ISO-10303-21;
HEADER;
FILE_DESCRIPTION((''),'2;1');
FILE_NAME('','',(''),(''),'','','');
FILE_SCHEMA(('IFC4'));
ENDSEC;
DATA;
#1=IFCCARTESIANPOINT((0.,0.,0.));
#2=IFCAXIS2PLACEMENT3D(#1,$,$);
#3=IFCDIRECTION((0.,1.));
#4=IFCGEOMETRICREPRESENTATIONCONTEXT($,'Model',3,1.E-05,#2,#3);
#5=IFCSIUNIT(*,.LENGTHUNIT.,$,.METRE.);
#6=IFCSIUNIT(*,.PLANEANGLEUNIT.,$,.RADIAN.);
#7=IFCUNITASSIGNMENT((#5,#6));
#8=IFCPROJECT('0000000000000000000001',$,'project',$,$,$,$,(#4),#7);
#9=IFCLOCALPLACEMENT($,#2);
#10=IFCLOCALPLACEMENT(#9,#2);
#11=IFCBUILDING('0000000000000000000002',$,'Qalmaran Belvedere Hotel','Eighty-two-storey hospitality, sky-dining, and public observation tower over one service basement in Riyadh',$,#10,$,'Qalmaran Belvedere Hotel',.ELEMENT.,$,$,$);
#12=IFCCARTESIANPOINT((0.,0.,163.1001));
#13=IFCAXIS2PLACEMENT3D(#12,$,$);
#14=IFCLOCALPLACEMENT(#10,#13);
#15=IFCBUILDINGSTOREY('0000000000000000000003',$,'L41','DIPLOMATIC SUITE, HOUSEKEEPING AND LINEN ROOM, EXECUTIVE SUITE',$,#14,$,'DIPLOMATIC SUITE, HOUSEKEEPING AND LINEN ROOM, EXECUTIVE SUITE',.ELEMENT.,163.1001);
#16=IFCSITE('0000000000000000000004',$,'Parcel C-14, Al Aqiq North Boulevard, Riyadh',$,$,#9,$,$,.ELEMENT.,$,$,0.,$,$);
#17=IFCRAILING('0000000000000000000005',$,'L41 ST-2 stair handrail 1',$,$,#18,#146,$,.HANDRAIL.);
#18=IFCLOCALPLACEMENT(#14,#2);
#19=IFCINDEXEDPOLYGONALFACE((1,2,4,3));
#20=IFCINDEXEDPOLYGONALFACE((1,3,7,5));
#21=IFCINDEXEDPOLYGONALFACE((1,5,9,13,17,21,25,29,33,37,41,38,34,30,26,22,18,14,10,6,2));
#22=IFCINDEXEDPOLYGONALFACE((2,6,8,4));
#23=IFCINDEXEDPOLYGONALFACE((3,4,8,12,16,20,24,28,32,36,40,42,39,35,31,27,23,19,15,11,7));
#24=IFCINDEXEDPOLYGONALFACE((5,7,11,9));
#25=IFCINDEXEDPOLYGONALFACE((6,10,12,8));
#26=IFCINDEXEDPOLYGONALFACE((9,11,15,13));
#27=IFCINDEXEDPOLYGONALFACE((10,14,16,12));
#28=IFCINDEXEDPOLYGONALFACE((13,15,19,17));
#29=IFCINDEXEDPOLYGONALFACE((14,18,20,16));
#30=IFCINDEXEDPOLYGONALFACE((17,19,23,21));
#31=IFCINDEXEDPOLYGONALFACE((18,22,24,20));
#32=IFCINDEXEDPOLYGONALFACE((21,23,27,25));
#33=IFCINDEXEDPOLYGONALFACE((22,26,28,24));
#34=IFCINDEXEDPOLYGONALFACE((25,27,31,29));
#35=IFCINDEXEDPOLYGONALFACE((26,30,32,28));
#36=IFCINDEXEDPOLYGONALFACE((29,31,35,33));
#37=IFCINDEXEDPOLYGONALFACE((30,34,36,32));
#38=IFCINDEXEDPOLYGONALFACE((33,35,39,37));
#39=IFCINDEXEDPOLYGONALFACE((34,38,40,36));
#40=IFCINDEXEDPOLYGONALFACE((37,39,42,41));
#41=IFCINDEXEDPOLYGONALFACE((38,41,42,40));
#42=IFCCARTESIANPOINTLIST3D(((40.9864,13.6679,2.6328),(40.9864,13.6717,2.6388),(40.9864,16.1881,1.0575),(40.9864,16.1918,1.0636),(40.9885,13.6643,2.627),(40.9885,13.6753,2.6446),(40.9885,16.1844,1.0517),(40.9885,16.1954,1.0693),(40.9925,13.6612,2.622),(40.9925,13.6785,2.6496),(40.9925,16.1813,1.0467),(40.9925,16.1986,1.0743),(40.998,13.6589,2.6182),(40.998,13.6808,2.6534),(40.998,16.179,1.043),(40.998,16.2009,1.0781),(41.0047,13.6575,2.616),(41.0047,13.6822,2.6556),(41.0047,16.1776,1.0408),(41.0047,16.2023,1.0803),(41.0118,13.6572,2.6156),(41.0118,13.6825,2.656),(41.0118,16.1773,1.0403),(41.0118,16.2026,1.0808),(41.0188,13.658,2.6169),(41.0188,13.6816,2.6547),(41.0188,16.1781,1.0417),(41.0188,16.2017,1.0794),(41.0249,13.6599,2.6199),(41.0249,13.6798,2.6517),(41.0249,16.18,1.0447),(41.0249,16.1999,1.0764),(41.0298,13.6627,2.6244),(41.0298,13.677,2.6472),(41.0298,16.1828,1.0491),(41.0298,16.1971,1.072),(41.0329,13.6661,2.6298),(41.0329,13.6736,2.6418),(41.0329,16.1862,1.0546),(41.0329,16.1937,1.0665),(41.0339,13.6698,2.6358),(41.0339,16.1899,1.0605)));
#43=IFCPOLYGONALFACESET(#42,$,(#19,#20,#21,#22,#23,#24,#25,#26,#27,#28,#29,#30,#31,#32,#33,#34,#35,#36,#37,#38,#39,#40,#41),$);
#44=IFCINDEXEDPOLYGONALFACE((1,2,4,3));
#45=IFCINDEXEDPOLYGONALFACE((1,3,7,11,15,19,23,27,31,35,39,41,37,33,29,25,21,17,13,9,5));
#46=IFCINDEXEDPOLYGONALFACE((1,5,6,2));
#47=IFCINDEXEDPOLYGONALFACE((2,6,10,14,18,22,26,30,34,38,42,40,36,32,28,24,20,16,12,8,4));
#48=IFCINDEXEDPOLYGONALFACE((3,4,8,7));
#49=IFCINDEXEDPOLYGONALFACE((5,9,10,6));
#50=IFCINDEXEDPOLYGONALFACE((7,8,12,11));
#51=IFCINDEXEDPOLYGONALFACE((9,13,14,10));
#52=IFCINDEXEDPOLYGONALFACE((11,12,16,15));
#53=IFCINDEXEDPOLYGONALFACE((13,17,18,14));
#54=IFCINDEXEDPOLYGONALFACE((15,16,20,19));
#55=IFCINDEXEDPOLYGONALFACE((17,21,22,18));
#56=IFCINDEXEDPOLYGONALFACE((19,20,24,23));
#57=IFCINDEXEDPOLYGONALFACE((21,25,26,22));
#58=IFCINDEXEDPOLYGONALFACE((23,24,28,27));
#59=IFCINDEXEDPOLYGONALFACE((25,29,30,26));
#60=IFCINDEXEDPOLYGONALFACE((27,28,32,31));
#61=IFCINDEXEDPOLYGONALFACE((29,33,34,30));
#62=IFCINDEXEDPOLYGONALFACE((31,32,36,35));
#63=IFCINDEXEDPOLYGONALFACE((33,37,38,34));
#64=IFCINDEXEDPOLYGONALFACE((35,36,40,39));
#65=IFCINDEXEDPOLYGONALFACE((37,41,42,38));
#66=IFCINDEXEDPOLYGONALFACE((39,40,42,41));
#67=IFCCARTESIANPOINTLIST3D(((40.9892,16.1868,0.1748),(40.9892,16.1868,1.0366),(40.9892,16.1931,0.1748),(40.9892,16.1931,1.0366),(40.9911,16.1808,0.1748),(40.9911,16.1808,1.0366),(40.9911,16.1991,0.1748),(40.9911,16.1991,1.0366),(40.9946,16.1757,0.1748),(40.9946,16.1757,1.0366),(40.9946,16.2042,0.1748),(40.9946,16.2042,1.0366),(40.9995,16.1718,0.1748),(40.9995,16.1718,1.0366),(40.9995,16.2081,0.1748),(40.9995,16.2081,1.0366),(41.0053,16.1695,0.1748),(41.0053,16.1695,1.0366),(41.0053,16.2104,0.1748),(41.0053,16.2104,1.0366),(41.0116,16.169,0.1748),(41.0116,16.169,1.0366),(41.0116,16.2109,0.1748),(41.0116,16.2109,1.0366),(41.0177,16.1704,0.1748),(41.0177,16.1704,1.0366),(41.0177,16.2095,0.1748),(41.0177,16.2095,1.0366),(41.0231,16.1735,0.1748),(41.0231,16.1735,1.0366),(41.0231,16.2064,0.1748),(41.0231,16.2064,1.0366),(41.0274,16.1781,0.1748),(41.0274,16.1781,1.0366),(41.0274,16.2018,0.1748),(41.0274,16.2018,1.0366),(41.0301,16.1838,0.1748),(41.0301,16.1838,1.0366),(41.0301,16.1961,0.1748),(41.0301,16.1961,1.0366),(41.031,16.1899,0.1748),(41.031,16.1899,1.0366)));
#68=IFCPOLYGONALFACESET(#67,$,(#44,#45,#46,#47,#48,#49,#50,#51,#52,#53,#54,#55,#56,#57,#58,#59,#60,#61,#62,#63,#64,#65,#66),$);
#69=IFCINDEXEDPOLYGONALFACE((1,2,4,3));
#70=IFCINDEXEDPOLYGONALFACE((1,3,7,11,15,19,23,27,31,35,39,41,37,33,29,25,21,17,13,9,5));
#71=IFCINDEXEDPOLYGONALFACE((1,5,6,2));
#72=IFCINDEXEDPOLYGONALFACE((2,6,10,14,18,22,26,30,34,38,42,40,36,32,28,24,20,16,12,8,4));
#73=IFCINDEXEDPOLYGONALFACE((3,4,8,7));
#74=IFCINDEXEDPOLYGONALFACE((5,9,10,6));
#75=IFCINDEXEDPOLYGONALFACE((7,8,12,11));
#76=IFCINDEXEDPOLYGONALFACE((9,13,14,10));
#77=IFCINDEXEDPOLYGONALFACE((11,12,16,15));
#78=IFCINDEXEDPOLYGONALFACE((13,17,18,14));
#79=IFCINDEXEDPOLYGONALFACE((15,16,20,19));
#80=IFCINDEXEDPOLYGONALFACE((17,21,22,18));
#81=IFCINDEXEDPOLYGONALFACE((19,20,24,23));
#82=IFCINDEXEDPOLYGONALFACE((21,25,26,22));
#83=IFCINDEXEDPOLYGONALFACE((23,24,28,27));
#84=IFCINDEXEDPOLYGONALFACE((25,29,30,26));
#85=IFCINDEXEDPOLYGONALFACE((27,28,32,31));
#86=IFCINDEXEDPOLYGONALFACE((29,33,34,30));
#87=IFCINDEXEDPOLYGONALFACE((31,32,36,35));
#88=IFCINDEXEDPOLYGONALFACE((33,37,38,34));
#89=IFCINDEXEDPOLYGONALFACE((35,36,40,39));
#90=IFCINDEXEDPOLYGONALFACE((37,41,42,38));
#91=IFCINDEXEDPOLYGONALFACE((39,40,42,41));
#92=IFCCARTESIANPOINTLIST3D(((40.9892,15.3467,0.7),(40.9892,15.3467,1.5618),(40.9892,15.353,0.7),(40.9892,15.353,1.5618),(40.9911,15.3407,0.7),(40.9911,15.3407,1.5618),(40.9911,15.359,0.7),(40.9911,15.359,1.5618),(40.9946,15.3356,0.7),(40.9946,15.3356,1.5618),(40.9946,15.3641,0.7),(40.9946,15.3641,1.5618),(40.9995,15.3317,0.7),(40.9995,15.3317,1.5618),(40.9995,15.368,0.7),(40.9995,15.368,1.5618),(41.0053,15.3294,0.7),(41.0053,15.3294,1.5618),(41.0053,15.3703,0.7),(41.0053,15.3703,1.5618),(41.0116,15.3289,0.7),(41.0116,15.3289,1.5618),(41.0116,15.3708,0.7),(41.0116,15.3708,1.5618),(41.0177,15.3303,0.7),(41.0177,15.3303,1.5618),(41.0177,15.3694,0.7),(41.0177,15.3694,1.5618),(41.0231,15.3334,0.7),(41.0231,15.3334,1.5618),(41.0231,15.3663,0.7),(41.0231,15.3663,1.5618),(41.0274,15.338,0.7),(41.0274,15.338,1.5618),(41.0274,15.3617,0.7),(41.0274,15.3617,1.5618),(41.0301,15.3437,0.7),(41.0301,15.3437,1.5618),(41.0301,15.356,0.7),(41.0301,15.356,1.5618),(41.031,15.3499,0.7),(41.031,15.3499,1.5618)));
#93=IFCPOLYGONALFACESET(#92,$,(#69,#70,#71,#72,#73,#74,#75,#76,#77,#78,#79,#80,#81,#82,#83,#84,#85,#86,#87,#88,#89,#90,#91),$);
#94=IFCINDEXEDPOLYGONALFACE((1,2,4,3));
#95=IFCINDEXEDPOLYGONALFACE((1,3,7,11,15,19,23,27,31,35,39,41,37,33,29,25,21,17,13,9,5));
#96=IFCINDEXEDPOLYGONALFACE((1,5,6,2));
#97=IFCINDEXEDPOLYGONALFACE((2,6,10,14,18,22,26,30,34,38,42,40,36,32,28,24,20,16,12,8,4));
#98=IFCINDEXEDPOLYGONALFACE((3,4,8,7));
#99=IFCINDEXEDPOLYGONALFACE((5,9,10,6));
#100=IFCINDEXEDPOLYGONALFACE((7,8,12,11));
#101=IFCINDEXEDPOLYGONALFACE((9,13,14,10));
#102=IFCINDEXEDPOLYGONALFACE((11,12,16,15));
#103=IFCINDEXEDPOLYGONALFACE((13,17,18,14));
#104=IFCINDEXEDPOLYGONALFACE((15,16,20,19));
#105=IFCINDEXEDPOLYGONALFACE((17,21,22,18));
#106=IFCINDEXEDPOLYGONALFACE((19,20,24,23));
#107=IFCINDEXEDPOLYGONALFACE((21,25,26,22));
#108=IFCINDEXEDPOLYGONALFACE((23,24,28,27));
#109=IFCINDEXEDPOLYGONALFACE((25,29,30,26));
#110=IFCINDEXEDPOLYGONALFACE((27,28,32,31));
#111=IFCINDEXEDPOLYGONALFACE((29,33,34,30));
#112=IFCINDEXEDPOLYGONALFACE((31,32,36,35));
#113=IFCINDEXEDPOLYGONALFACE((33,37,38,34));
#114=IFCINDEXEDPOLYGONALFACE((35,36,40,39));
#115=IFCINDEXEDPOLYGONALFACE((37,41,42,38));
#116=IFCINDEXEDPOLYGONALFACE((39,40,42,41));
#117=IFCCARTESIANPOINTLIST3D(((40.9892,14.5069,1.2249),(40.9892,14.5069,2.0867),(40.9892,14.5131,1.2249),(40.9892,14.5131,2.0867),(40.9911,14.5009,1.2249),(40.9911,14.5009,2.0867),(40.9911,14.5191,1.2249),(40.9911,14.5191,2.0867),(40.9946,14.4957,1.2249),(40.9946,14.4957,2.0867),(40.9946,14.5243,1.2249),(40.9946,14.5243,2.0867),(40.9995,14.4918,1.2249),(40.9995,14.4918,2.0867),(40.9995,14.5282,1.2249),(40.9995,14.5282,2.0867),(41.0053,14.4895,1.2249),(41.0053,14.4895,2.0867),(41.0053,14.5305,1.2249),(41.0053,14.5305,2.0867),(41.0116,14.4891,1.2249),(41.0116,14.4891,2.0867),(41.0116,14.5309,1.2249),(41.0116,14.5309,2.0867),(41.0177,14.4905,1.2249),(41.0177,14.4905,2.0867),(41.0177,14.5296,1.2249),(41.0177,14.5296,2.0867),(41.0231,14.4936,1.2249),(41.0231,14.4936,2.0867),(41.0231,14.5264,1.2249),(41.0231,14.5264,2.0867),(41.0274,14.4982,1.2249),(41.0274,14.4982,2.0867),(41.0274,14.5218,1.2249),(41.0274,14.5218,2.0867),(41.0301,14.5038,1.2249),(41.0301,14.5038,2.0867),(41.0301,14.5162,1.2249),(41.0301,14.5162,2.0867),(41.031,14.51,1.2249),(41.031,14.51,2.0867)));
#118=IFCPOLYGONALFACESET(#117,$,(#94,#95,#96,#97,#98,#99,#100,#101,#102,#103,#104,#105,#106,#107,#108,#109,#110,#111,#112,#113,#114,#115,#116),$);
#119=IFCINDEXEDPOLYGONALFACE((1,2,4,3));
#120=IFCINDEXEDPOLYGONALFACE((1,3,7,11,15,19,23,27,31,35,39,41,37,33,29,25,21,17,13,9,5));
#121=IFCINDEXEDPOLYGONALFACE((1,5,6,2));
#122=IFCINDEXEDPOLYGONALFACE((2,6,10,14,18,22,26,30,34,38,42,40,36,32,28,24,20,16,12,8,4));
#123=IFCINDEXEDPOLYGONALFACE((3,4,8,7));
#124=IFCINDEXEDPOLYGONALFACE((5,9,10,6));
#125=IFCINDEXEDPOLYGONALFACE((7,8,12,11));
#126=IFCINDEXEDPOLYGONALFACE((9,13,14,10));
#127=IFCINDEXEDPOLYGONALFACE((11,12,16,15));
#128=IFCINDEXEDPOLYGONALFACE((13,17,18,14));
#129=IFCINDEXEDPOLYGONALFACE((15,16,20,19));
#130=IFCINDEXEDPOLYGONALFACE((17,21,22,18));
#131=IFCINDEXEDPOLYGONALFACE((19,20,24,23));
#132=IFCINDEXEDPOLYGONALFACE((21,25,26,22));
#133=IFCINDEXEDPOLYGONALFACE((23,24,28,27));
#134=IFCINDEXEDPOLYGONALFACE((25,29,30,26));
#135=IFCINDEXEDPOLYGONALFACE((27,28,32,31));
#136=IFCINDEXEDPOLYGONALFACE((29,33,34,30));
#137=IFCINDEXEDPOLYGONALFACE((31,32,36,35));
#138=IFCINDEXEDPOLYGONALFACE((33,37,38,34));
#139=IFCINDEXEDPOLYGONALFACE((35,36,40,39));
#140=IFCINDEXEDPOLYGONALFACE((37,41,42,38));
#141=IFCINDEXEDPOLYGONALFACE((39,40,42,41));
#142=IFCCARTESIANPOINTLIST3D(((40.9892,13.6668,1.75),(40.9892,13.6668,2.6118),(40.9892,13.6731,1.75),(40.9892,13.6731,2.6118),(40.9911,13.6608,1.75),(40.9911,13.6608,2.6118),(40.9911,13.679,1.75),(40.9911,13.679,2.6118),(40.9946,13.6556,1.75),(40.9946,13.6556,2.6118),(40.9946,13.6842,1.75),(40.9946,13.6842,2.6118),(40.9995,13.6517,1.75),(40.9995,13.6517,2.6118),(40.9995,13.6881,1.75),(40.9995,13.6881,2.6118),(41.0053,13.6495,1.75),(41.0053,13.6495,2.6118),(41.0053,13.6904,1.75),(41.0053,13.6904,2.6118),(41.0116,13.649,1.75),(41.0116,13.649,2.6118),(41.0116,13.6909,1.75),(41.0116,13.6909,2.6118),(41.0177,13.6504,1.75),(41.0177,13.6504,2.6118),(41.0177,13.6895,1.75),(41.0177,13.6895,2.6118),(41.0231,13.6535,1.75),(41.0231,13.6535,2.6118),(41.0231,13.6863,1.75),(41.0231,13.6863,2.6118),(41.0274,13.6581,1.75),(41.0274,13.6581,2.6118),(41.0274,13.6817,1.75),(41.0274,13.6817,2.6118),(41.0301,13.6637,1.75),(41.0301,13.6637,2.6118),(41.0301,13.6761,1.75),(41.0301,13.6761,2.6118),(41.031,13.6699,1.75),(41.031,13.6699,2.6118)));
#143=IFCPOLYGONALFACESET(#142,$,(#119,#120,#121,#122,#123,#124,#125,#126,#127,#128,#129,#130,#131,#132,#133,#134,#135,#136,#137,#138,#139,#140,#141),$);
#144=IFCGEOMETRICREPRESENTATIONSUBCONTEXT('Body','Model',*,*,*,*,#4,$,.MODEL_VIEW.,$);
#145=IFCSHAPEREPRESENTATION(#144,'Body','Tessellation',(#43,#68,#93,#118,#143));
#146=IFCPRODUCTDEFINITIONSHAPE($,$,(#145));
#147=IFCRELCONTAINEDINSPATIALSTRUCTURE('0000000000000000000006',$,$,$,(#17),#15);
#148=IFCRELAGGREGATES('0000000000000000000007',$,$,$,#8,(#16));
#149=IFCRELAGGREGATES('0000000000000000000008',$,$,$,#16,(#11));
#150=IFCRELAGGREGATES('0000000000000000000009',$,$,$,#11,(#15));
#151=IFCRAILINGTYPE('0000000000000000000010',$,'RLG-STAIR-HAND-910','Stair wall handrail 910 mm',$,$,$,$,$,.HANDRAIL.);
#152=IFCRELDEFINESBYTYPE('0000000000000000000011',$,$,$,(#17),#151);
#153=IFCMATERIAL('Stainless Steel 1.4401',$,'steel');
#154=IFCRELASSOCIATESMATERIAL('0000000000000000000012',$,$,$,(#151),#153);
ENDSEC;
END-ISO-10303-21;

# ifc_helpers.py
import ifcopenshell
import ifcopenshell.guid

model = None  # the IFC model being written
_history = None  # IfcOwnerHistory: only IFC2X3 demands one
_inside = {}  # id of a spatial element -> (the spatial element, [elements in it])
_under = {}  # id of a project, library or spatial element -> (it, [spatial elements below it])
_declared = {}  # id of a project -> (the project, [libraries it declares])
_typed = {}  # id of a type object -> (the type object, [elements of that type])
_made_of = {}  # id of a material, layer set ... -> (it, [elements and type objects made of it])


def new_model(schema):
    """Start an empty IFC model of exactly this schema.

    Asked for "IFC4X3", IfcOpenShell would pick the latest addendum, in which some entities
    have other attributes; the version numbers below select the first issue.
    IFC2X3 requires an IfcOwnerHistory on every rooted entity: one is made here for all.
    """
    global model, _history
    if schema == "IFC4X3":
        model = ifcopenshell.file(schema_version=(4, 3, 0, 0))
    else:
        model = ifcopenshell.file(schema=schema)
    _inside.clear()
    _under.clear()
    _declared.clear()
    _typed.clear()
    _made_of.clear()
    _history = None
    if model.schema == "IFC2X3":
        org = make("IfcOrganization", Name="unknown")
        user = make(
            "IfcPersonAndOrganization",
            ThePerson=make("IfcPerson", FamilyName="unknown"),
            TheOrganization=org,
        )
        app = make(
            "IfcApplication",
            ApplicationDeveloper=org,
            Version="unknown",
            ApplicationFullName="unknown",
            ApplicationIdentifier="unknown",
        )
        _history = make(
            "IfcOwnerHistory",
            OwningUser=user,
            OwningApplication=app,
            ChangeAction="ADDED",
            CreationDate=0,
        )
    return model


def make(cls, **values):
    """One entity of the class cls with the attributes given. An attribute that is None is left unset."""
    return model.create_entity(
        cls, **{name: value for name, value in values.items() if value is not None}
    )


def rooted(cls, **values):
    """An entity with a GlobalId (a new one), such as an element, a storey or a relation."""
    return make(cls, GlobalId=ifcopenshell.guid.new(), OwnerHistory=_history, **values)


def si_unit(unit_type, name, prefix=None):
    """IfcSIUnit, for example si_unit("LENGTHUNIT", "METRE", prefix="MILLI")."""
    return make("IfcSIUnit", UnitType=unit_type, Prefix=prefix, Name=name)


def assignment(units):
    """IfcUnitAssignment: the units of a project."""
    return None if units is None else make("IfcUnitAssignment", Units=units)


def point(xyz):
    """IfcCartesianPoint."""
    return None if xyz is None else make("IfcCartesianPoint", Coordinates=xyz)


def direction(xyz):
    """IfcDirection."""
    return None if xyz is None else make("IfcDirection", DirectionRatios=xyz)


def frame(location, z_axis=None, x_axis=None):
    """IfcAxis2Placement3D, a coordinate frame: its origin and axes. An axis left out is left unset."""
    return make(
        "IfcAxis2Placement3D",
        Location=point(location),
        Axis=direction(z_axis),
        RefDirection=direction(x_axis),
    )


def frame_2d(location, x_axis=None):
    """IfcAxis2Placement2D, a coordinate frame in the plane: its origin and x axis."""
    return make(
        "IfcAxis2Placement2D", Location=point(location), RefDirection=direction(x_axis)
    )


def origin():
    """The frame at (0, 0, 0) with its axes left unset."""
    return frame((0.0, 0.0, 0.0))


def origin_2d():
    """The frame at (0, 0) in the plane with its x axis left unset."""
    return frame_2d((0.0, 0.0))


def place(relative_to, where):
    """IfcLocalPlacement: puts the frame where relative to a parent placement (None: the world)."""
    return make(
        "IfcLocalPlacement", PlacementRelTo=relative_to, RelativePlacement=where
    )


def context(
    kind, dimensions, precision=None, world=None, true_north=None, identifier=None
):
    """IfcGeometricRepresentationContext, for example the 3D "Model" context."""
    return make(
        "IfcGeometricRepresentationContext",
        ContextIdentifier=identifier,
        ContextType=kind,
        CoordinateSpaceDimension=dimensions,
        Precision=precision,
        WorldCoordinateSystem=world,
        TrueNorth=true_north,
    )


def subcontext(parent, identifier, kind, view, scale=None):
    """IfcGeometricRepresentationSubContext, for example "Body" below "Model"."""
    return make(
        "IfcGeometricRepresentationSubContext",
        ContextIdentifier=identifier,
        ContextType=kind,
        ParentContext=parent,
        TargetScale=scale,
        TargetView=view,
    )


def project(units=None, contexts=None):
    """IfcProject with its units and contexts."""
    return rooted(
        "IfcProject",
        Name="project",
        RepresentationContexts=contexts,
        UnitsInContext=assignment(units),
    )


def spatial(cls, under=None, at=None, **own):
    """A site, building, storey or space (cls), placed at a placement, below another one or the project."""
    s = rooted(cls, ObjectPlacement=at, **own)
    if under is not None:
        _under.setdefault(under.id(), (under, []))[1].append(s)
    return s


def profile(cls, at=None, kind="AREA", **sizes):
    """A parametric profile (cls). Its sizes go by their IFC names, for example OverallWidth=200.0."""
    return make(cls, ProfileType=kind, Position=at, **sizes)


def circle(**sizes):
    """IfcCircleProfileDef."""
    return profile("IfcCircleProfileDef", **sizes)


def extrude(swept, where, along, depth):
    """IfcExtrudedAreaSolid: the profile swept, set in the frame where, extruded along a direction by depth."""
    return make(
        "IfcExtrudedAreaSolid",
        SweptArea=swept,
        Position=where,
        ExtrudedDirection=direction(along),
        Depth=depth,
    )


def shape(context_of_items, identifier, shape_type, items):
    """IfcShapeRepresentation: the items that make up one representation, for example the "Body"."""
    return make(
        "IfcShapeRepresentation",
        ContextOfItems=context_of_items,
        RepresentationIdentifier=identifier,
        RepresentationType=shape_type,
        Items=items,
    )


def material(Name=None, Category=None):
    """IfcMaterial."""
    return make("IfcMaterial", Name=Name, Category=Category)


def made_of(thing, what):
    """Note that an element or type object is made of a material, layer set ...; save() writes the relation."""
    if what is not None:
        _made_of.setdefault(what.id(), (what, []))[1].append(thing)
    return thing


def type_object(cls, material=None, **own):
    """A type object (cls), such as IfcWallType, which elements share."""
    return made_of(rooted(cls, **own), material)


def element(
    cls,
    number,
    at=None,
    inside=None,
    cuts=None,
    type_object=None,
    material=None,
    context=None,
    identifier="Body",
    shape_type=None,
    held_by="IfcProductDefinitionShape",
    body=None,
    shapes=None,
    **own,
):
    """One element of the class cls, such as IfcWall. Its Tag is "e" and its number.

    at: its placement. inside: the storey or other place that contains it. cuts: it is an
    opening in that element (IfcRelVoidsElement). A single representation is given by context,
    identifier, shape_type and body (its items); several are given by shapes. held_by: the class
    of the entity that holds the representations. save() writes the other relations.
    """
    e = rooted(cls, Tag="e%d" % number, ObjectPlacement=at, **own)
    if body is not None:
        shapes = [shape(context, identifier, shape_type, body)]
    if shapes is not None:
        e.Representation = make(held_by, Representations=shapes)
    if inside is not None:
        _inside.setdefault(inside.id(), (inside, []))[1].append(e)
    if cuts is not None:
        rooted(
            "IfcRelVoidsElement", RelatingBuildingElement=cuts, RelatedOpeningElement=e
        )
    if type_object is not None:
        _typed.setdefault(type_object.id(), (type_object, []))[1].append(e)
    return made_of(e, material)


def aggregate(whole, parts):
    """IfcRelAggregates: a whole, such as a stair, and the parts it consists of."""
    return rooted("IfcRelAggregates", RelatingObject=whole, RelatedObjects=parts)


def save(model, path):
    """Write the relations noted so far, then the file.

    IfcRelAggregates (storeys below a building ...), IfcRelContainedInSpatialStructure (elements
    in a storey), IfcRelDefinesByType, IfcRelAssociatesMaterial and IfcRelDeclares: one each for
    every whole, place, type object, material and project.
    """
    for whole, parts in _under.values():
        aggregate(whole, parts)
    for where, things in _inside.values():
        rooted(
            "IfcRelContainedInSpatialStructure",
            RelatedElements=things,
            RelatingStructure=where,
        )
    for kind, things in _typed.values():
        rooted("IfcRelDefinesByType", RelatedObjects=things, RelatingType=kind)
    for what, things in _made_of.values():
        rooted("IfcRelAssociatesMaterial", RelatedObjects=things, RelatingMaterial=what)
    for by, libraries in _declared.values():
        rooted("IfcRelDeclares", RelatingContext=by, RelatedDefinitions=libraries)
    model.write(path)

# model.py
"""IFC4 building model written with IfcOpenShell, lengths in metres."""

from ifc_helpers import new_model, si_unit, direction, frame, origin, origin_2d, place, context, subcontext, project, spatial, circle, extrude, material, type_object, element, save


model = new_model("IFC4")

# Units and contexts
model_context = context("Model", 3, precision=1e-05, world=origin(), true_north=direction((0.0, 1.0)))
body_context = subcontext(model_context, "Body", "Model", "MODEL_VIEW")
ifc_project = project(units=[si_unit("LENGTHUNIT", "METRE"), si_unit("PLANEANGLEUNIT", "RADIAN")], contexts=[model_context])

# Site, building, storey
site_placement = place(None, origin())
site = spatial("IfcSite", under=ifc_project, at=site_placement, Name="Parcel C-14, Al Aqiq North Boulevard, Riyadh", CompositionType="ELEMENT", RefElevation=0.0)
building_placement = place(site_placement, origin())
building = spatial("IfcBuilding", under=site, at=building_placement, Name="Qalmaran Belvedere Hotel", Description="Eighty-two-storey hospitality, sky-dining, and public observation tower over one service basement in Riyadh", LongName="Qalmaran Belvedere Hotel", CompositionType="ELEMENT")
storey_placement = place(building_placement, frame((0.0, 0.0, 163.1001)))
storey = spatial("IfcBuildingStorey", under=building, at=storey_placement, Name="L41", Description="DIPLOMATIC SUITE, HOUSEKEEPING AND LINEN ROOM, EXECUTIVE SUITE", LongName="DIPLOMATIC SUITE, HOUSEKEEPING AND LINEN ROOM, EXECUTIVE SUITE", CompositionType="ELEMENT", Elevation=163.1001)

# Shared definitions
ifc_material_1 = material(Name="Stainless Steel 1.4401", Category="steel")

# Railing
railing_type_1 = type_object("IfcRailingType", Name="RLG-STAIR-HAND-910", Description="Stair wall handrail 910 mm", PredefinedType="HANDRAIL", material=ifc_material_1)
railing_1_placement = place(storey_placement, frame((41.01, 16.1899, 0.1748)))
element("IfcRailing", 1, at=railing_1_placement, inside=storey, type_object=railing_type_1, Name="L41 ST-2 stair handrail 1", PredefinedType="HANDRAIL", context=body_context, shape_type="SweptSolid", body=[
    extrude(circle(Radius=0.0239, at=origin_2d()), frame((0.0, 0.0, 0.8857), z_axis=(0.0, -0.847971, 0.530043), x_axis=(1.0, 0.0, 0.0)), (0.0, 0.0, 1.0), 2.9719),
    extrude(circle(Radius=0.021, at=origin_2d()), origin(), (0.0, 0.0, 1.0), 0.8618),
    extrude(circle(Radius=0.021, at=origin_2d()), frame((0.0, -0.8401, 0.5251)), (0.0, 0.0, 1.0), 0.8618),
    extrude(circle(Radius=0.021, at=origin_2d()), frame((0.0, -1.6799, 1.05)), (0.0, 0.0, 1.0), 0.8618),
    extrude(circle(Radius=0.021, at=origin_2d()), frame((0.0, -2.52, 1.5752)), (0.0, 0.0, 1.0), 0.8618),
])

save(model, "model.ifc")
